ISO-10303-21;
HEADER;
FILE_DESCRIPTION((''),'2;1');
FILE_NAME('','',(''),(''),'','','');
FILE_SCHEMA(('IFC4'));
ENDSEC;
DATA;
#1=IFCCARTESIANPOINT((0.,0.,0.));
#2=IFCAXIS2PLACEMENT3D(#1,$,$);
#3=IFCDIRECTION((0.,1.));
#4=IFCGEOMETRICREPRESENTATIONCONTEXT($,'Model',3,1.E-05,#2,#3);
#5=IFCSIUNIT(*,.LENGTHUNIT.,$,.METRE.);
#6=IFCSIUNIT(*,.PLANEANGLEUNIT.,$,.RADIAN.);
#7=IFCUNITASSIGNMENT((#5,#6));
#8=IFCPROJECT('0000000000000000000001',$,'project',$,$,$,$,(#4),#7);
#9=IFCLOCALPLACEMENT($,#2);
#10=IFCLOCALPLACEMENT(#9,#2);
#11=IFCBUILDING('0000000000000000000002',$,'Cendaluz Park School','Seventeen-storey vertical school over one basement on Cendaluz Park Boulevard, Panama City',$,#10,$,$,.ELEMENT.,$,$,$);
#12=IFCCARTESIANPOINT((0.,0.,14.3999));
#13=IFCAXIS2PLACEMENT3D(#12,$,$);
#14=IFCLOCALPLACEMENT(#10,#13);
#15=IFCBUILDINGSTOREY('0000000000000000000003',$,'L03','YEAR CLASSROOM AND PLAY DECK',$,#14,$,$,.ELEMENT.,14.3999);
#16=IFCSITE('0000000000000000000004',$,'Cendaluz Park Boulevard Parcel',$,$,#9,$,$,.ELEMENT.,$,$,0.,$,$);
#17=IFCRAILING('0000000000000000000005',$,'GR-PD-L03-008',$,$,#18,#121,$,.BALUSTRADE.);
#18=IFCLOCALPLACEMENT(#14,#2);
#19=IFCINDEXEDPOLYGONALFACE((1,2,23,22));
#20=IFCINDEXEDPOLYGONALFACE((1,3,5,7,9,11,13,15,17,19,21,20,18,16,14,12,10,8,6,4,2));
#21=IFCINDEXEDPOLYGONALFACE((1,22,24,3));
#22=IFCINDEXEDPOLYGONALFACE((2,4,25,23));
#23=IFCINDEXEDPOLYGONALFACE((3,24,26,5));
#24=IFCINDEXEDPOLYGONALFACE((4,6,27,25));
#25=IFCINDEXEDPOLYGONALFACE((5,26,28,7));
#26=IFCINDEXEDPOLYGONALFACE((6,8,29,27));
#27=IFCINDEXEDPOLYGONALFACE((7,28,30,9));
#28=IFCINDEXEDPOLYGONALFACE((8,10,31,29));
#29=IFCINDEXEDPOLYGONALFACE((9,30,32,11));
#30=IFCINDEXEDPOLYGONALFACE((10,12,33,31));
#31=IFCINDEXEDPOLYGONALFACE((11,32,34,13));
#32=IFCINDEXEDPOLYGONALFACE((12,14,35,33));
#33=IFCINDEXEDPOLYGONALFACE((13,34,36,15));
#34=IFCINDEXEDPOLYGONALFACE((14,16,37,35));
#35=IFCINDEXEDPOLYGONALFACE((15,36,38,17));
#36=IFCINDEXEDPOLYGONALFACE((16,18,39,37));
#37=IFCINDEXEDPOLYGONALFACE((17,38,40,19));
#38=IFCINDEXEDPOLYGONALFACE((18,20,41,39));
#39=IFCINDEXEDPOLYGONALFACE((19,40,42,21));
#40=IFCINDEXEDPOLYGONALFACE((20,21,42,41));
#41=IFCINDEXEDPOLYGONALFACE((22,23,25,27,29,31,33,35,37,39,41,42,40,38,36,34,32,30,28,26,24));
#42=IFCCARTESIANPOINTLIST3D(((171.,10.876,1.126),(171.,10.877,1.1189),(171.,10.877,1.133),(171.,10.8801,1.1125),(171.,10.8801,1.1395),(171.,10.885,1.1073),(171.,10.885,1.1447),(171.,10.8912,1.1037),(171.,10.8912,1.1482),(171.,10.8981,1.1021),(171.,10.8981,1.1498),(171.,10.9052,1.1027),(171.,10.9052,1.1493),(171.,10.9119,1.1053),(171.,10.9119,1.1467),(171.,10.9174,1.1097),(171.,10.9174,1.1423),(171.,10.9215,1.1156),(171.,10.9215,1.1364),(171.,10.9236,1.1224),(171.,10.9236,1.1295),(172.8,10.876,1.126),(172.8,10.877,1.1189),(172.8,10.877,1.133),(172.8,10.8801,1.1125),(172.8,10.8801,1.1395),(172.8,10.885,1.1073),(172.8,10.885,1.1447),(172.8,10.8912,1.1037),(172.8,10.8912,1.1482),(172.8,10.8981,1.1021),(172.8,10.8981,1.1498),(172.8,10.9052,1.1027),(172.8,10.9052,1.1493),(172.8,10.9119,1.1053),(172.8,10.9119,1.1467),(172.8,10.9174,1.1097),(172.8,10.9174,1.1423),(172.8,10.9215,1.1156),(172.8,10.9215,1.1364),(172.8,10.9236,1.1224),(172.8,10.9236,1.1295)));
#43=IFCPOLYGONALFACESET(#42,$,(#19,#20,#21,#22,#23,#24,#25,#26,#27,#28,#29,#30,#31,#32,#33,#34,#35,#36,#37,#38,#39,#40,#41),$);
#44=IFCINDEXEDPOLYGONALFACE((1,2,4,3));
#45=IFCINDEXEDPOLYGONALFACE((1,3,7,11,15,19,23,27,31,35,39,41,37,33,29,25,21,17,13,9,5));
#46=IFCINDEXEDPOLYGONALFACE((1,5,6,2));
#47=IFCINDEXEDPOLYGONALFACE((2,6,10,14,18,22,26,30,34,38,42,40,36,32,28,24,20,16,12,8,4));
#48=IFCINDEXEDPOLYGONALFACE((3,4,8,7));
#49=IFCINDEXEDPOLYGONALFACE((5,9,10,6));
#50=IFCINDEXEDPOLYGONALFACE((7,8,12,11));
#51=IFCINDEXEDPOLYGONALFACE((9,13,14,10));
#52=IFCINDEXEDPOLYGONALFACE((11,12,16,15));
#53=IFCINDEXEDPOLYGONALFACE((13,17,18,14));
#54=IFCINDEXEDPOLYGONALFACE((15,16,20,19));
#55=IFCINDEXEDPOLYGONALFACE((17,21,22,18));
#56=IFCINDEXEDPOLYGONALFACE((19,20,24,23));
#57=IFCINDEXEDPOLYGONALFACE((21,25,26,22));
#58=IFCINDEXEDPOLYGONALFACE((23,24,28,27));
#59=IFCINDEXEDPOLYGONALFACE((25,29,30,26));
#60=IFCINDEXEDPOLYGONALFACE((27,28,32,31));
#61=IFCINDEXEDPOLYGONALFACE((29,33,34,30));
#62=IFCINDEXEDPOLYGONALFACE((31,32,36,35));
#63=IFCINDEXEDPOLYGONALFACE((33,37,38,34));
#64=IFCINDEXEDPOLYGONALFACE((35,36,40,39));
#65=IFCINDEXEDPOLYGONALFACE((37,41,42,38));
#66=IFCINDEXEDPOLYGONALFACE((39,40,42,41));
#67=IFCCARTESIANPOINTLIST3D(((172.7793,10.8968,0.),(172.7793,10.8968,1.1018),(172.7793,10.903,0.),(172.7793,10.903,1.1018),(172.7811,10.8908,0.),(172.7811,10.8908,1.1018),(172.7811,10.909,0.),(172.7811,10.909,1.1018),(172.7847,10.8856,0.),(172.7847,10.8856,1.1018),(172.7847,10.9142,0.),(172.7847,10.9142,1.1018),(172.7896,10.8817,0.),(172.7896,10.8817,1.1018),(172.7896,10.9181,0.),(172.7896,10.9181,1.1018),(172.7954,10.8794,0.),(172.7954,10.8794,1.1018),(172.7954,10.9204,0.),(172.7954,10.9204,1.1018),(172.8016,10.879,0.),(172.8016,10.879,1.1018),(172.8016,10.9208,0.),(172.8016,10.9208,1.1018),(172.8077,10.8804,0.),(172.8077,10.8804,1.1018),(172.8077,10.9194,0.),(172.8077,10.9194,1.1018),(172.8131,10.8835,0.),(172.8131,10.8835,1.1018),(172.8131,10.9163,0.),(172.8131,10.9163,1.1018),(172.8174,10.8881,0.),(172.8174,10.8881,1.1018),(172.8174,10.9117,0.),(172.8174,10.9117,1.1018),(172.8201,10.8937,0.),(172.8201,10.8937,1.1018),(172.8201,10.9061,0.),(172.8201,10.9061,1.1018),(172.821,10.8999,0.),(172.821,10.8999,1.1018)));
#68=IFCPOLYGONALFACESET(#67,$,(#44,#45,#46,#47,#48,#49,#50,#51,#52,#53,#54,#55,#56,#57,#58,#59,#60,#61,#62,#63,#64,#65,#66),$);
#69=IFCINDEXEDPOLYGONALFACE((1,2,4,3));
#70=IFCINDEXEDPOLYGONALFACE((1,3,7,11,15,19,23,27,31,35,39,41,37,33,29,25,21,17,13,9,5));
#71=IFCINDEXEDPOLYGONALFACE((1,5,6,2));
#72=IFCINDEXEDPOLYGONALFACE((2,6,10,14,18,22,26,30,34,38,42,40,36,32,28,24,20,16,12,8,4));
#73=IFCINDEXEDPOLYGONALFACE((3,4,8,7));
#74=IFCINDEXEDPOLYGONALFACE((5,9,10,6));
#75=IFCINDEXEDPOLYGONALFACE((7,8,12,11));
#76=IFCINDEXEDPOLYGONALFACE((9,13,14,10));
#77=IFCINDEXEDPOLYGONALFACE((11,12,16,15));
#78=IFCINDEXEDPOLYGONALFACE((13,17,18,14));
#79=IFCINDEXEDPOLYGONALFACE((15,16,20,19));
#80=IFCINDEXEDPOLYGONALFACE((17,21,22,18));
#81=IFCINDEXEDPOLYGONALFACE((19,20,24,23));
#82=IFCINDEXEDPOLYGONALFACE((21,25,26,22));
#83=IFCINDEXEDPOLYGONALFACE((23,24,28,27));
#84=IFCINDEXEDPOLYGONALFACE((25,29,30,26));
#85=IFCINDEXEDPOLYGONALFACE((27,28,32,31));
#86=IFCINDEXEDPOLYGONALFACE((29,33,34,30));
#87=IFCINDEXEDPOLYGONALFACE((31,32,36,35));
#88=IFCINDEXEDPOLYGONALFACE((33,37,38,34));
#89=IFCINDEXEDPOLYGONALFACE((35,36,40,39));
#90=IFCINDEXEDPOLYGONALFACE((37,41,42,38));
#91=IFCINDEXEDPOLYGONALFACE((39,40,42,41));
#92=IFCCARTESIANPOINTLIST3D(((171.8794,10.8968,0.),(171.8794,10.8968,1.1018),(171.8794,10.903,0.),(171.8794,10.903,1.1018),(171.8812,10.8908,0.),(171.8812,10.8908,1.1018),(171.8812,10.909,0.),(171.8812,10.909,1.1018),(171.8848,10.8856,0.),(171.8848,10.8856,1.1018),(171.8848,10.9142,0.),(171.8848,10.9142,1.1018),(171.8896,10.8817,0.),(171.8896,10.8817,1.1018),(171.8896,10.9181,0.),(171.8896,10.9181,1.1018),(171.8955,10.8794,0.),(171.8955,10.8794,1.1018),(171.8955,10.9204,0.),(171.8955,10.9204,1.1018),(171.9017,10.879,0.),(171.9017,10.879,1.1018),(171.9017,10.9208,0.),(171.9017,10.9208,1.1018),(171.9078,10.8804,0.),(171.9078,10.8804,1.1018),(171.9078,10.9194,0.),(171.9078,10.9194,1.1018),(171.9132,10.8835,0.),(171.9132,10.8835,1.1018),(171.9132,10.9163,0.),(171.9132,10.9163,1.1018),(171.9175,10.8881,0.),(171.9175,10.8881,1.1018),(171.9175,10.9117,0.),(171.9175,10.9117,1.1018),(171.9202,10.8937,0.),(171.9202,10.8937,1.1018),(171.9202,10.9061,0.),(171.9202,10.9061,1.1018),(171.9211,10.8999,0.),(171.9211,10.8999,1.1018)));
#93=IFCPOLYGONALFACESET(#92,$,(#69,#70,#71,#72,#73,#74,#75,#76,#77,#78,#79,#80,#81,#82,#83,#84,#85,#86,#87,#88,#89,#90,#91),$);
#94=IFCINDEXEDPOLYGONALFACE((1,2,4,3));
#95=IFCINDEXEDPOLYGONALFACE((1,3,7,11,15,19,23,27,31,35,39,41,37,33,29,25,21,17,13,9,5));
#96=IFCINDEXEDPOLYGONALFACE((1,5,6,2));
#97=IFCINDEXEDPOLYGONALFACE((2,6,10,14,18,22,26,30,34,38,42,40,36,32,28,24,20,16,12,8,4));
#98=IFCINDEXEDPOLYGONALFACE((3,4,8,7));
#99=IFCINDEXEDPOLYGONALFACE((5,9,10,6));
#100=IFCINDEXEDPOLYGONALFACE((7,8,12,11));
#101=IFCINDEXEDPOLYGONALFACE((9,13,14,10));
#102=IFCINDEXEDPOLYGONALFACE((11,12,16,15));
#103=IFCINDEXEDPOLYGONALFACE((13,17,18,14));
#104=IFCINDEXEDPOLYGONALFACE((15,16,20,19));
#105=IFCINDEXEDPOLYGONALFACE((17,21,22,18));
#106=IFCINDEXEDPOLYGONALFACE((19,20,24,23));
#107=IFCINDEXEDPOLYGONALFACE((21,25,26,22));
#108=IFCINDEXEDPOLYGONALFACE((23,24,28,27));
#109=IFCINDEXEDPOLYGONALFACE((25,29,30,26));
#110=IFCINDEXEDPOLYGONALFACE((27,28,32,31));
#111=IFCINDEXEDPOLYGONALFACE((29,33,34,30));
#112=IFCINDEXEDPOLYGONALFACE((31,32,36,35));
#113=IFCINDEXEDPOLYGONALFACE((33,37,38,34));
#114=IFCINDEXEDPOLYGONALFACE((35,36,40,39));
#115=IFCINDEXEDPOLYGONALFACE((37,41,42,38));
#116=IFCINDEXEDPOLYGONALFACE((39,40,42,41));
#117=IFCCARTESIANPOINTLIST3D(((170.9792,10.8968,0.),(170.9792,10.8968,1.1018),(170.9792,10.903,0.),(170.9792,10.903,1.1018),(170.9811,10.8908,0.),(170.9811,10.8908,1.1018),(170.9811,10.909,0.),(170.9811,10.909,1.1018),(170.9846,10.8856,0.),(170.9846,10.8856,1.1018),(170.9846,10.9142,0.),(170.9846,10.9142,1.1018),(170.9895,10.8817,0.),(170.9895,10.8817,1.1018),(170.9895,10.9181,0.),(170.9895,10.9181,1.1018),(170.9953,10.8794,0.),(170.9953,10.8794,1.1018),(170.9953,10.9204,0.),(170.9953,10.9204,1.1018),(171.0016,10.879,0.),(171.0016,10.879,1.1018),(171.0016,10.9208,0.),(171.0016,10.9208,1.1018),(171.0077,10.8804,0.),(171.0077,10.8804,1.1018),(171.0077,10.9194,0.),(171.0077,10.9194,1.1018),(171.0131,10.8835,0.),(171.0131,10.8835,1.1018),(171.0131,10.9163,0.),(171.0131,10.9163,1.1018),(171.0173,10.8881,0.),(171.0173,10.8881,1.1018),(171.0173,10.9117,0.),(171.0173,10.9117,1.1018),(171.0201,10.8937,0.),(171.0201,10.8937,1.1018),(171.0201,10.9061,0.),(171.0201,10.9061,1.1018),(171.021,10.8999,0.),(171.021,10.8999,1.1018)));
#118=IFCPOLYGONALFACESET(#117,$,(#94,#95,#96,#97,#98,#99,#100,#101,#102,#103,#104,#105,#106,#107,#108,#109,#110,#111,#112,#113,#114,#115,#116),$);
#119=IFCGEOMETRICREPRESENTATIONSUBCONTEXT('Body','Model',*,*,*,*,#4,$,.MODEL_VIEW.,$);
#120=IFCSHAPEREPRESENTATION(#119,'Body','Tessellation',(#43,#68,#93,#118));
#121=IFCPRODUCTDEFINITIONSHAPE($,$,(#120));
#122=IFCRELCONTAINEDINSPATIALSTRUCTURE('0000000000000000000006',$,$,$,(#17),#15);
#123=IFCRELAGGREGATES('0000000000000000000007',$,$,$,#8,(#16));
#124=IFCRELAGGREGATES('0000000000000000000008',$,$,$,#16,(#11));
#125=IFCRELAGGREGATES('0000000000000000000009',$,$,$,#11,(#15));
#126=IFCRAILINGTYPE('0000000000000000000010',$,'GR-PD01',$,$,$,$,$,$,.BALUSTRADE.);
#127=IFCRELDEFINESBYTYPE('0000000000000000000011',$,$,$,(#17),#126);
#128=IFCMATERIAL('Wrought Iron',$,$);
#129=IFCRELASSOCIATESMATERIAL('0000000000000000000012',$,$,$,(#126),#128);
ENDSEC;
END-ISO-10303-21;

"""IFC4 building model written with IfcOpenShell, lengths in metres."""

from ifc_helpers import new_model, si_unit, direction, frame, origin, origin_2d, place, context, subcontext, project, spatial, circle, extrude, material, type_object, element, save


model = new_model("IFC4")

# Units and contexts
model_context = context("Model", 3, precision=1e-05, world=origin(), true_north=direction((0.0, 1.0)))
body_context = subcontext(model_context, "Body", "Model", "MODEL_VIEW")
ifc_project = project(units=[si_unit("LENGTHUNIT", "METRE"), si_unit("PLANEANGLEUNIT", "RADIAN")], contexts=[model_context])

# Site, building, storey
site_placement = place(None, origin())
site = spatial("IfcSite", under=ifc_project, at=site_placement, Name="Cendaluz Park Boulevard Parcel", CompositionType="ELEMENT", RefElevation=0.0)
building_placement = place(site_placement, origin())
building = spatial("IfcBuilding", under=site, at=building_placement, Name="Cendaluz Park School", Description="Seventeen-storey vertical school over one basement on Cendaluz Park Boulevard, Panama City", CompositionType="ELEMENT")
storey_placement = place(building_placement, frame((0.0, 0.0, 14.3999)))
storey = spatial("IfcBuildingStorey", under=building, at=storey_placement, Name="L03", Description="YEAR CLASSROOM AND PLAY DECK", CompositionType="ELEMENT", Elevation=14.3999)

# Railing
ifc_material_1 = material(Name="Wrought Iron")
railing_type = type_object("IfcRailingType", Name="GR-PD01", PredefinedType="BALUSTRADE", material=ifc_material_1)
railing_1_placement = place(storey_placement, frame((172.8, 10.8999, 0.0)))
element("IfcRailing", 1, at=railing_1_placement, inside=storey, type_object=railing_type, Name="GR-PD-L03-008", PredefinedType="BALUSTRADE", context=body_context, shape_type="SweptSolid", body=[
    extrude(circle(Radius=0.0239, at=origin_2d()), frame((0.0, 0.0, 1.126), z_axis=(-1.0, 0.0, 0.0), x_axis=(0.0, -1.0, 0.0)), (0.0, 0.0, 1.0), 1.8),
    extrude(circle(Radius=0.021, at=origin_2d()), origin(), (0.0, 0.0, 1.0), 1.1018),
    extrude(circle(Radius=0.021, at=origin_2d()), frame((-0.8999, 0.0, 0.0)), (0.0, 0.0, 1.0), 1.1018),
    extrude(circle(Radius=0.021, at=origin_2d()), frame((-1.8, 0.0, 0.0)), (0.0, 0.0, 1.0), 1.1018),
])

save(model, "model.ifc")
